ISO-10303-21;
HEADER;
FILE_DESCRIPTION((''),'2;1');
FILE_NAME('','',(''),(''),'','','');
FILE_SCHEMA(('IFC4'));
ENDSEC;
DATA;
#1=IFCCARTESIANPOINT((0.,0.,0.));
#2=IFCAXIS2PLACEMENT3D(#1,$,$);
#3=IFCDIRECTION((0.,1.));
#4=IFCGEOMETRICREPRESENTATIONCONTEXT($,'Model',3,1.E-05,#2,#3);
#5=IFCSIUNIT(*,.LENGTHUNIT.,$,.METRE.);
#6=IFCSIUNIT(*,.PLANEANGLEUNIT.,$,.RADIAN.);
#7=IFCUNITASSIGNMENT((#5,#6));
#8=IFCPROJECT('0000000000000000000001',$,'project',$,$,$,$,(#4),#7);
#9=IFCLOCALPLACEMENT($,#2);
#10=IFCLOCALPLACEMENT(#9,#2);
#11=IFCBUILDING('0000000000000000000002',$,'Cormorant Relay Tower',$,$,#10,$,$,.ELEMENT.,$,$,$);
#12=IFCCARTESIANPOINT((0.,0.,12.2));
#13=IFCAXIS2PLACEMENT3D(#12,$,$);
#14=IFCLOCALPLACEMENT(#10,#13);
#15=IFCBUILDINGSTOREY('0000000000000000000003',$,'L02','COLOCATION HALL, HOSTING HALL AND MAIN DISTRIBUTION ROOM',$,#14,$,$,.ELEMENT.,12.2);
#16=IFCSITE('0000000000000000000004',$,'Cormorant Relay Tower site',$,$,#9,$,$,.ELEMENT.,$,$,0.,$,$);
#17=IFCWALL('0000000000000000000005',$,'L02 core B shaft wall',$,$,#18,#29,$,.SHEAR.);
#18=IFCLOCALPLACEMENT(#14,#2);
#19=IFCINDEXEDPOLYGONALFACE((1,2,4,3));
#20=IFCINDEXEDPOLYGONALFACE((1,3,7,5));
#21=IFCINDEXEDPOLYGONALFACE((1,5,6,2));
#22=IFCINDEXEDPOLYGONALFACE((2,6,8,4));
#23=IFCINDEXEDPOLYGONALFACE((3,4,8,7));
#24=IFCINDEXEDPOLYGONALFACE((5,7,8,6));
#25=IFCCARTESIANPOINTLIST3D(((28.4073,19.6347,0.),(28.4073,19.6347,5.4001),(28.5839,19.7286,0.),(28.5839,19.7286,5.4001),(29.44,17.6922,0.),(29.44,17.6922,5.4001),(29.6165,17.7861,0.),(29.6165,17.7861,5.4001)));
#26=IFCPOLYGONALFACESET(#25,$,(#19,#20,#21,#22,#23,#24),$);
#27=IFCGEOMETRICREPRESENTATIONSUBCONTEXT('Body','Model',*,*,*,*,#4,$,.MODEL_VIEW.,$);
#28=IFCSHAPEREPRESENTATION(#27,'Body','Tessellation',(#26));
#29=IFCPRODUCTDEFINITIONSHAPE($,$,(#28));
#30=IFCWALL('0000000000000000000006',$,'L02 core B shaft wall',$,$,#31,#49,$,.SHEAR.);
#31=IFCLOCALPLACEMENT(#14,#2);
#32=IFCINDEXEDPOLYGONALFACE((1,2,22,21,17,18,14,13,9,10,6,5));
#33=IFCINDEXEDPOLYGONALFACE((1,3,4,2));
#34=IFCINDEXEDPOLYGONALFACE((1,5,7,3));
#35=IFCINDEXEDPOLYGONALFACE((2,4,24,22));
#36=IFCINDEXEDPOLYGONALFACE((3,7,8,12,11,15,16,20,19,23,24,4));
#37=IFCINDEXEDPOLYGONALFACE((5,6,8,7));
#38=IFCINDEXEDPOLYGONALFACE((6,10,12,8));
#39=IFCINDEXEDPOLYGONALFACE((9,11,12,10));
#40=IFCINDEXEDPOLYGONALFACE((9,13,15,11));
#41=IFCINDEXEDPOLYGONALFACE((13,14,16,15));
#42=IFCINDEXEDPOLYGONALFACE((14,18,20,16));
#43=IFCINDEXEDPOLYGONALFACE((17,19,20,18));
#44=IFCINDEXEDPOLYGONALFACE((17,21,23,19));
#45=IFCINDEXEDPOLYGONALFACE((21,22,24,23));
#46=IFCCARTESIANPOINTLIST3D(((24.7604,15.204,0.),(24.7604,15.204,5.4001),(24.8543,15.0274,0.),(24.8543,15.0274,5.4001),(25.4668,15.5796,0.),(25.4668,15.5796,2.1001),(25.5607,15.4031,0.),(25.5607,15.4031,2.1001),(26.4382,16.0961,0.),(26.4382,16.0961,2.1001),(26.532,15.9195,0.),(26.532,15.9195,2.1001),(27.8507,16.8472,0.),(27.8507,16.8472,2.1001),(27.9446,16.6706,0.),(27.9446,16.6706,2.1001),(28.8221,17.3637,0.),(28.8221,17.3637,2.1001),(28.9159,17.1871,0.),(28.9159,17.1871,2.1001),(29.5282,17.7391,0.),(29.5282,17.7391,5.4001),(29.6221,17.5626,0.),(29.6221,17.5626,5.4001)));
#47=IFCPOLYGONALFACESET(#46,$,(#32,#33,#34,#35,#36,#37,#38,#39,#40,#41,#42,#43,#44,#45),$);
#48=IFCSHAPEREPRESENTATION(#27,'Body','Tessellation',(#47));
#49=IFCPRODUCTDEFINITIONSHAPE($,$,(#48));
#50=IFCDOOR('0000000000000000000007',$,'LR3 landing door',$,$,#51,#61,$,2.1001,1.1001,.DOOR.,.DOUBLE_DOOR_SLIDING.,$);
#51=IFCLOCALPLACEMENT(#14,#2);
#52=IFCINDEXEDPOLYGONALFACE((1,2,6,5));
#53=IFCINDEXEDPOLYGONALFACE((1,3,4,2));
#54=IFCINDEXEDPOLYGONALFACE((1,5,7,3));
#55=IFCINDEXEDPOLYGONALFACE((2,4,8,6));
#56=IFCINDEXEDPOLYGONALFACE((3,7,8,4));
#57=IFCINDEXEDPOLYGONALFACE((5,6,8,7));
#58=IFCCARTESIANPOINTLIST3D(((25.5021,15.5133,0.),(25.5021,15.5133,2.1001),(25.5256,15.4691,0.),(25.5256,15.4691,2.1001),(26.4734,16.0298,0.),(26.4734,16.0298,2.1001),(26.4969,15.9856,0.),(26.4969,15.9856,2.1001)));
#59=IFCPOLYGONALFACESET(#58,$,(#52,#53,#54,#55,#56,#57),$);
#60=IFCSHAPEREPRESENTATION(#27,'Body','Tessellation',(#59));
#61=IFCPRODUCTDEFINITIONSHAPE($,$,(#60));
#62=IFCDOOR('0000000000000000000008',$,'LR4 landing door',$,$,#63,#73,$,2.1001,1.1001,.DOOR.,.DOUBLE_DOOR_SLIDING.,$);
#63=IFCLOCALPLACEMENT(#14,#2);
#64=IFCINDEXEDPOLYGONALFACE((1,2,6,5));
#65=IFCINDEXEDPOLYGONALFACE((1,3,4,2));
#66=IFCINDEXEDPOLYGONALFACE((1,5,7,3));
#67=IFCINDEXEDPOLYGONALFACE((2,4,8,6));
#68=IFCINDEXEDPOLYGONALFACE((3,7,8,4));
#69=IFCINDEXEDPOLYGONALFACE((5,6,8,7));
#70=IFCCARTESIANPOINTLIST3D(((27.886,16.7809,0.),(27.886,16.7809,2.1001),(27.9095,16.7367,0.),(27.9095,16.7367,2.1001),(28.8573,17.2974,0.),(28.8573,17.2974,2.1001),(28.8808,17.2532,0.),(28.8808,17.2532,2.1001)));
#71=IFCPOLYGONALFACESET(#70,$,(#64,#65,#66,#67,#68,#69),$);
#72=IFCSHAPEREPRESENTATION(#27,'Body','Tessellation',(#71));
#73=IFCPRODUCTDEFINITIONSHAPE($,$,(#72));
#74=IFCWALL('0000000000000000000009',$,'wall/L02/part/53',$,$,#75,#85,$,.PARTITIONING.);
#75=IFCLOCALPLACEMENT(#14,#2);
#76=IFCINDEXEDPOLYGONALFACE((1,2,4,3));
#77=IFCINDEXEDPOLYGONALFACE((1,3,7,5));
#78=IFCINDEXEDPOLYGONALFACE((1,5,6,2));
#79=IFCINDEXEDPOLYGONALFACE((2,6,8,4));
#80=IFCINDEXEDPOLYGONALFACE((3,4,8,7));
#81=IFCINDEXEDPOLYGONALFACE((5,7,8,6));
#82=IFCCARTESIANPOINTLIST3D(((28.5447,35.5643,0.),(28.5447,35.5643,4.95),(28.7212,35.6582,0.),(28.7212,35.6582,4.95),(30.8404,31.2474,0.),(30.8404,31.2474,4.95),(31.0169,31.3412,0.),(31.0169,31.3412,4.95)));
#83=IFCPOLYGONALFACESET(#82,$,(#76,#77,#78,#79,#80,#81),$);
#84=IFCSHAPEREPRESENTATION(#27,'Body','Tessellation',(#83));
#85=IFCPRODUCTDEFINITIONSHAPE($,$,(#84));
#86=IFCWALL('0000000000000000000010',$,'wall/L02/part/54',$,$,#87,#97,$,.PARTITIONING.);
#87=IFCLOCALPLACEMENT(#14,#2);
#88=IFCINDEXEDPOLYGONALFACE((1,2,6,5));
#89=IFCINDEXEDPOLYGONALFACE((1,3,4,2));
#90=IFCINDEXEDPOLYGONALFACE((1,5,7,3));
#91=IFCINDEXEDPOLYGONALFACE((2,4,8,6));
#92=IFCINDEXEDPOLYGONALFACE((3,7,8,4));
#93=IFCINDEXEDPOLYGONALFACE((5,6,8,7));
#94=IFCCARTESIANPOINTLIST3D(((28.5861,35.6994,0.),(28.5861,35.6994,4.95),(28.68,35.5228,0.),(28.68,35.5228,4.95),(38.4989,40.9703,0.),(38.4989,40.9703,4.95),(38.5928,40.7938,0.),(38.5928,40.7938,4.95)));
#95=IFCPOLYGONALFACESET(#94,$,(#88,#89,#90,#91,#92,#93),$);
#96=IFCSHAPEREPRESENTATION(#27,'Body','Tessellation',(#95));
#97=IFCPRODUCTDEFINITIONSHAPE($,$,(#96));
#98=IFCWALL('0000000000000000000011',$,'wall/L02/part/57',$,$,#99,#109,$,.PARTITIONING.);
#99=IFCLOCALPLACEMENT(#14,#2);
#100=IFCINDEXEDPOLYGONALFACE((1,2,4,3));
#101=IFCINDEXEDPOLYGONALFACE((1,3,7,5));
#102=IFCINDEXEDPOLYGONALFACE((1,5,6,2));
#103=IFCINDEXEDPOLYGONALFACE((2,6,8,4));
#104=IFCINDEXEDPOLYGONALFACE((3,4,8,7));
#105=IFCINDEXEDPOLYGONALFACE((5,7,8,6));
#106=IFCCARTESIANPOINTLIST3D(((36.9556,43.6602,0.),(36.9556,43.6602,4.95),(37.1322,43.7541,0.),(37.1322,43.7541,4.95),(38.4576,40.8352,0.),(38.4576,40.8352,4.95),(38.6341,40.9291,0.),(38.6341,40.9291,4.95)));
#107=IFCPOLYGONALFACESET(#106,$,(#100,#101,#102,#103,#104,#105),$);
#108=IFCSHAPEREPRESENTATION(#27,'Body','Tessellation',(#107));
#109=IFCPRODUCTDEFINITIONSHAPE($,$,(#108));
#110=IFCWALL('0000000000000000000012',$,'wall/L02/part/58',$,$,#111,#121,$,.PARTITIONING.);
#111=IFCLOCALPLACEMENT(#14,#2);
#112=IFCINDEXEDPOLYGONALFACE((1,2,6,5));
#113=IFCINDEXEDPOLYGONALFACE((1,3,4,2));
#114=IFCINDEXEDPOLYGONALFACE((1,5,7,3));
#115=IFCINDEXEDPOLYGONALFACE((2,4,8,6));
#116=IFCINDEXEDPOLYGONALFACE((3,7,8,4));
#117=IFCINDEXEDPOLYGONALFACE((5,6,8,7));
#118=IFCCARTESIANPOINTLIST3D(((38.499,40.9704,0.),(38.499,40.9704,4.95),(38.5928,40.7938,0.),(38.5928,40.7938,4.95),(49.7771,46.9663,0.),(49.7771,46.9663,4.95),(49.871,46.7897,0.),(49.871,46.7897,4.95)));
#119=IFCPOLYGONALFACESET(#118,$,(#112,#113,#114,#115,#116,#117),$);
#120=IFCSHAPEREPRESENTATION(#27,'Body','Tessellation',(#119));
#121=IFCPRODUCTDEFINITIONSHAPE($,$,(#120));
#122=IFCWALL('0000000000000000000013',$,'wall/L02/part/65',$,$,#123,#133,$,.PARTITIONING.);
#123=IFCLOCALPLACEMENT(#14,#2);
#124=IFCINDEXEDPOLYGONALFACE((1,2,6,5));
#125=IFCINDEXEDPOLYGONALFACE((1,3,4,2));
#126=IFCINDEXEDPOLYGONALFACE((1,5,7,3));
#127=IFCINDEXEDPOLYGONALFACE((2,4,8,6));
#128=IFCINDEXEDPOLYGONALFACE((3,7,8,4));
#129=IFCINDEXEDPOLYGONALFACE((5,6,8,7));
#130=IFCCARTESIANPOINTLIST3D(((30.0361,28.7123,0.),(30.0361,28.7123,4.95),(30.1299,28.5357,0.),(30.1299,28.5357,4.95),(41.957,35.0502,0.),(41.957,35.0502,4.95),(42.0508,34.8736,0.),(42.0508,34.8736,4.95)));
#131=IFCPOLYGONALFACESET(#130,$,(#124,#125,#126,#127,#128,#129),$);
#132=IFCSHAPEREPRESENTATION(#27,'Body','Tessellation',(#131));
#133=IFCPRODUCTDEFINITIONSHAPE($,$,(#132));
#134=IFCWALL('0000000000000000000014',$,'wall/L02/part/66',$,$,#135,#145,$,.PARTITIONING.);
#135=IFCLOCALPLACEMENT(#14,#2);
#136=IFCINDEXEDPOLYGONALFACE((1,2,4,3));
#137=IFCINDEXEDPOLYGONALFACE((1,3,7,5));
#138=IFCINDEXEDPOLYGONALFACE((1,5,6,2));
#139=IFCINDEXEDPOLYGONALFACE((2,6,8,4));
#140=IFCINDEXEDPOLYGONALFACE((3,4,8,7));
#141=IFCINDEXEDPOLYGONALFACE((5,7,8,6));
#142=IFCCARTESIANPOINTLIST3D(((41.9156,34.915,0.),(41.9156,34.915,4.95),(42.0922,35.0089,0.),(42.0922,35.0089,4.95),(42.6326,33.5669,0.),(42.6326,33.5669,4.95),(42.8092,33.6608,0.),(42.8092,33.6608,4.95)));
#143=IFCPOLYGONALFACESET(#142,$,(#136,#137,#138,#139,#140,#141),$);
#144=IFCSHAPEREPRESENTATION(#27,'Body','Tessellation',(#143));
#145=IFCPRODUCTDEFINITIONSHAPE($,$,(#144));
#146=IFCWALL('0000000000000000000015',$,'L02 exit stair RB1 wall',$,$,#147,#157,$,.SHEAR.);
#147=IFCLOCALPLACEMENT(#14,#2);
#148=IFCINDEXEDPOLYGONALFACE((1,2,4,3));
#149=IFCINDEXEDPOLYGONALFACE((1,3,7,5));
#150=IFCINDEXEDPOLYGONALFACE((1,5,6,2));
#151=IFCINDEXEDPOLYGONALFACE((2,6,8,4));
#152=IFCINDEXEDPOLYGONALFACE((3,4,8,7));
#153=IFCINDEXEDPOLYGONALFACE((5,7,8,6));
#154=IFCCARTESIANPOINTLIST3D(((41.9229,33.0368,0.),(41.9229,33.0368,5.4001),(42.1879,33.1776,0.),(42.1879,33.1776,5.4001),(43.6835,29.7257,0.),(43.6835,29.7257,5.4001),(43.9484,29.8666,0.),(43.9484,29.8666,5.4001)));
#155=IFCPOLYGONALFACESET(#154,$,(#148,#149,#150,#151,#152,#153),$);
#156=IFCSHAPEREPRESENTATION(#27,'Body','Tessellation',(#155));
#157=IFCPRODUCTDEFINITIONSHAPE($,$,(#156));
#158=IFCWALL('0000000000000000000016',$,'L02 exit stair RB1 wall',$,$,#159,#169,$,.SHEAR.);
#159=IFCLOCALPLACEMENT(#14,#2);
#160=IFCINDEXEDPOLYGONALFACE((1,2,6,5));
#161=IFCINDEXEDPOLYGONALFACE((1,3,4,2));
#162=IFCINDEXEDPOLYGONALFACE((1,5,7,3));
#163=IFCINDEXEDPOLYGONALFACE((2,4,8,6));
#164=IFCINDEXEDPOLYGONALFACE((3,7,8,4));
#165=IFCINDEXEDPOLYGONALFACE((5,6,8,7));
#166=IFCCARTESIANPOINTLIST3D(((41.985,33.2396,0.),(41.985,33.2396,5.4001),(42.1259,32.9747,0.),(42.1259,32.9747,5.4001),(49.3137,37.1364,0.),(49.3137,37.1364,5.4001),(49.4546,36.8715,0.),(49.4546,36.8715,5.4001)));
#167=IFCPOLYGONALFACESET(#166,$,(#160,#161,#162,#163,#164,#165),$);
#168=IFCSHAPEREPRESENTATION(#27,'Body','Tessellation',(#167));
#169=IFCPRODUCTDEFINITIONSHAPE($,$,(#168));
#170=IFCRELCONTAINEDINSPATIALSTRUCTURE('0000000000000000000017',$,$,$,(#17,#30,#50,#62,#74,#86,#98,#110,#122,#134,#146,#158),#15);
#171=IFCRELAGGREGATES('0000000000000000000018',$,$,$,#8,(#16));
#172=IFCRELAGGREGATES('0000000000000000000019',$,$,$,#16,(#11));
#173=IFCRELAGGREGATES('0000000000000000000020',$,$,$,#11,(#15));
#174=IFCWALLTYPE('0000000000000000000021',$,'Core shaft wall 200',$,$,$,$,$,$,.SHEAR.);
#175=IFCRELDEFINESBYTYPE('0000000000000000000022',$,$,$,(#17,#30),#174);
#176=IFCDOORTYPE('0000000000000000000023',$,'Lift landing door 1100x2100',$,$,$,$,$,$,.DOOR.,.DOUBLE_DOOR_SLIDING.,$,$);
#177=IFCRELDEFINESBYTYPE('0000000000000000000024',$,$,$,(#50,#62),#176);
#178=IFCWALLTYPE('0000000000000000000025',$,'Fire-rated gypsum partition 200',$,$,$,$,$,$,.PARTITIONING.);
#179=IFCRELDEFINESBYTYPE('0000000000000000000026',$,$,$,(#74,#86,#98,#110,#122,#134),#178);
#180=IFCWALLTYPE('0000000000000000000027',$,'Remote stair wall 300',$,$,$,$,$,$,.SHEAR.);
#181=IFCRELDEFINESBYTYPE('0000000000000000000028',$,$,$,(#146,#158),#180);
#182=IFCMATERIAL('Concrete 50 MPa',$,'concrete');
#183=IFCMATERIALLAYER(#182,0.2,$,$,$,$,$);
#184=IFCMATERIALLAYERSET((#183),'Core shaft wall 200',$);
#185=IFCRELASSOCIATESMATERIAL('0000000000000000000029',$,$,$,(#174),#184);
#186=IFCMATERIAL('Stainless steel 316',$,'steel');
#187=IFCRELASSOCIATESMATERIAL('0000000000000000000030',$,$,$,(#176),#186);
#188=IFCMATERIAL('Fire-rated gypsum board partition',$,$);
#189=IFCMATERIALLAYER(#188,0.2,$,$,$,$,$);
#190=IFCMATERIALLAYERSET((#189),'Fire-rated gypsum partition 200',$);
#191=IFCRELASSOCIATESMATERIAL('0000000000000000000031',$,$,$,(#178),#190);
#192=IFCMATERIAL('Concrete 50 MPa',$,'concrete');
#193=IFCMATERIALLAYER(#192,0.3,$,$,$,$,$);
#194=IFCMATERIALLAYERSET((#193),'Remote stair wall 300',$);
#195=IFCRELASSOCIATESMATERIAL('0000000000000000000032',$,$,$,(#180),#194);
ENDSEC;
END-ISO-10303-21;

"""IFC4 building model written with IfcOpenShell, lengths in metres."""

from ifc_helpers import new_model, si_unit, direction, frame, frame_2d, origin, place, context, subcontext, project, spatial, rectangle, extrude, material, layer, layer_set, type_object, element, fill, save


model = new_model("IFC4")

# Units and contexts
model_context = context("Model", 3, precision=1e-05, world=origin(), true_north=direction((0.0, 1.0)))
body_context = subcontext(model_context, "Body", "Model", "MODEL_VIEW")
ifc_project = project(units=[si_unit("LENGTHUNIT", "METRE"), si_unit("PLANEANGLEUNIT", "RADIAN")], contexts=[model_context])

# Site, building, storey
site_placement = place(None, origin())
site = spatial("IfcSite", under=ifc_project, at=site_placement, Name="Cormorant Relay Tower site", CompositionType="ELEMENT", RefElevation=0.0)
building_placement = place(site_placement, origin())
building = spatial("IfcBuilding", under=site, at=building_placement, Name="Cormorant Relay Tower", CompositionType="ELEMENT")
storey_placement = place(building_placement, frame((0.0, 0.0, 12.2)))
storey = spatial("IfcBuildingStorey", under=building, at=storey_placement, Name="L02", Description="COLOCATION HALL, HOSTING HALL AND MAIN DISTRIBUTION ROOM", CompositionType="ELEMENT", Elevation=12.2)

# Shared definitions
ifc_material_1 = material(Name="Concrete 50 MPa", Category="concrete")
ifc_layer_1 = layer(ifc_material_1, 0.2)
ifc_layer_set_1 = layer_set([ifc_layer_1], Name="Core shaft wall 200")
wall_type_1 = type_object("IfcWallType", Name="Core shaft wall 200", PredefinedType="SHEAR", material=ifc_layer_set_1)

# Wall
wall_1_placement = place(storey_placement, frame((29.5283, 17.739, 0.0), z_axis=(0.0, 0.0, 1.0), x_axis=(-0.469401, 0.882985, 0.0)))
element("IfcWall", 1, at=wall_1_placement, inside=storey, type_object=wall_type_1, Name="L02 core B shaft wall", PredefinedType="SHEAR", context=body_context, shape_type="SweptSolid", body=[
    extrude(rectangle(XDim=2.2, YDim=0.2, at=frame_2d((1.1001, 0.0))), origin(), (0.0, 0.0, 1.0), 5.4001),
])

# Wall, openings, doors
wall_2_placement = place(storey_placement, frame((24.8074, 15.1157, 0.0), z_axis=(0.0, 0.0, 1.0), x_axis=(0.882943, 0.46948, 0.0)))
wall_2 = element("IfcWall", 2, at=wall_2_placement, inside=storey, type_object=wall_type_1, Name="L02 core B shaft wall", PredefinedType="SHEAR", context=body_context, shape_type="SweptSolid", body=[
    extrude(rectangle(XDim=5.3999, YDim=0.2, at=frame_2d((2.7, 0.0))), origin(), (0.0, 0.0, 1.0), 5.4001),
])
opening_1_placement = place(wall_2_placement, frame((0.8, 0.0, 0.0)))
opening_1 = element("IfcOpeningElement", 3, at=opening_1_placement, cuts=wall_2, PredefinedType="OPENING", context=body_context, shape_type="SweptSolid", body=[
    extrude(rectangle(XDim=1.1001, YDim=2.1001, at=frame_2d((0.55, 1.05))), frame((0.0, 0.1099, 0.0), z_axis=(0.0, -1.0, 0.0), x_axis=(1.0, 0.0, 0.0)), (0.0, 0.0, 1.0), 0.22),
])
opening_2_placement = place(wall_2_placement, frame((3.5, 0.0, 0.0)))
opening_2 = element("IfcOpeningElement", 4, at=opening_2_placement, cuts=wall_2, PredefinedType="OPENING", context=body_context, shape_type="SweptSolid", body=[
    extrude(rectangle(XDim=1.1001, YDim=2.1001, at=frame_2d((0.55, 1.05))), frame((0.0, 0.1099, 0.0), z_axis=(0.0, -1.0, 0.0), x_axis=(1.0, 0.0, 0.0)), (0.0, 0.0, 1.0), 0.22),
])
ifc_material_2 = material(Name="Stainless steel 316", Category="steel")
door_type_1 = type_object("IfcDoorType", Name="Lift landing door 1100x2100", OperationType="DOUBLE_DOOR_SLIDING", PredefinedType="DOOR", material=ifc_material_2)
door_1_placement = place(opening_1_placement, origin())
door_1 = element("IfcDoor", 5, at=door_1_placement, inside=storey, type_object=door_type_1, Name="LR3 landing door", OperationType="DOUBLE_DOOR_SLIDING", OverallHeight=2.1001, OverallWidth=1.1001, PredefinedType="DOOR", context=body_context, shape_type="SweptSolid", body=[
    extrude(rectangle(XDim=1.1001, YDim=2.1001, at=frame_2d((0.55, 1.05))), frame((0.0, 0.0249, 0.0), z_axis=(0.0, -1.0, 0.0), x_axis=(1.0, 0.0, 0.0)), (0.0, 0.0, 1.0), 0.05),
])
fill(opening_1, door_1)
door_2_placement = place(opening_2_placement, origin())
door_2 = element("IfcDoor", 6, at=door_2_placement, inside=storey, type_object=door_type_1, Name="LR4 landing door", OperationType="DOUBLE_DOOR_SLIDING", OverallHeight=2.1001, OverallWidth=1.1001, PredefinedType="DOOR", context=body_context, shape_type="SweptSolid", body=[
    extrude(rectangle(XDim=1.1001, YDim=2.1001, at=frame_2d((0.55, 1.05))), frame((0.0, 0.0249, 0.0), z_axis=(0.0, -1.0, 0.0), x_axis=(1.0, 0.0, 0.0)), (0.0, 0.0, 1.0), 0.05),
])
fill(opening_2, door_2)

# Walls
ifc_material_3 = material(Name="Fire-rated gypsum board partition")
ifc_layer_2 = layer(ifc_material_3, 0.2)
ifc_layer_set_2 = layer_set([ifc_layer_2], Name="Fire-rated gypsum partition 200")
wall_type_2 = type_object("IfcWallType", Name="Fire-rated gypsum partition 200", PredefinedType="PARTITIONING", material=ifc_layer_set_2)
wall_3_placement = place(storey_placement, frame((30.9287, 31.2942, 0.0), z_axis=(0.0, 0.0, 1.0), x_axis=(-0.469523, 0.88292, 0.0)))
element("IfcWall", 7, at=wall_3_placement, inside=storey, type_object=wall_type_2, Name="wall/L02/part/53", PredefinedType="PARTITIONING", context=body_context, shape_type="SweptSolid", body=[
    extrude(rectangle(XDim=4.8894, YDim=0.2, at=frame_2d((2.4448, 0.0))), origin(), (0.0, 0.0, 1.0), 4.95),
])
wall_4_placement = place(storey_placement, frame((28.6331, 35.6111, 0.0), z_axis=(0.0, 0.0, 1.0), x_axis=(0.882939, 0.469489, 0.0)))
element("IfcWall", 8, at=wall_4_placement, inside=storey, type_object=wall_type_2, Name="wall/L02/part/54", PredefinedType="PARTITIONING", context=body_context, shape_type="SweptSolid", body=[
    extrude(rectangle(XDim=11.2271, YDim=0.2, at=frame_2d((5.6135, 0.0))), origin(), (0.0, 0.0, 1.0), 4.95),
])
wall_5_placement = place(storey_placement, frame((37.0439, 43.707, 0.0), z_axis=(0.0, 0.0, 1.0), x_axis=(0.469447, -0.882961, 0.0)))
element("IfcWall", 9, at=wall_5_placement, inside=storey, type_object=wall_type_2, Name="wall/L02/part/57", PredefinedType="PARTITIONING", context=body_context, shape_type="SweptSolid", body=[
    extrude(rectangle(XDim=3.1995, YDim=0.2, at=frame_2d((1.5996, 0.0))), origin(), (0.0, 0.0, 1.0), 4.95),
])
wall_6_placement = place(storey_placement, frame((38.5459, 40.8821, 0.0), z_axis=(0.0, 0.0, 1.0), x_axis=(0.882974, 0.469422, 0.0)))
element("IfcWall", 10, at=wall_6_placement, inside=storey, type_object=wall_type_2, Name="wall/L02/part/58", PredefinedType="PARTITIONING", context=body_context, shape_type="SweptSolid", body=[
    extrude(rectangle(XDim=12.7729, YDim=0.2, at=frame_2d((6.3865, 0.0))), origin(), (0.0, 0.0, 1.0), 4.95),
])
wall_7_placement = place(storey_placement, frame((30.083, 28.624, 0.0), z_axis=(0.0, 0.0, 1.0), x_axis=(0.882965, 0.469439, 0.0)))
element("IfcWall", 11, at=wall_7_placement, inside=storey, type_object=wall_type_2, Name="wall/L02/part/65", PredefinedType="PARTITIONING", context=body_context, shape_type="SweptSolid", body=[
    extrude(rectangle(XDim=13.501, YDim=0.2, at=frame_2d((6.7505, 0.0))), origin(), (0.0, 0.0, 1.0), 4.95),
])
wall_8_placement = place(storey_placement, frame((42.0039, 34.9619, 0.0), z_axis=(0.0, 0.0, 1.0), x_axis=(0.469584, -0.882888, 0.0)))
element("IfcWall", 12, at=wall_8_placement, inside=storey, type_object=wall_type_2, Name="wall/L02/part/66", PredefinedType="PARTITIONING", context=body_context, shape_type="SweptSolid", body=[
    extrude(rectangle(XDim=1.5269, YDim=0.2, at=frame_2d((0.7634, 0.0))), origin(), (0.0, 0.0, 1.0), 4.95),
])
ifc_material_4 = material(Name="Concrete 50 MPa", Category="concrete")
ifc_layer_3 = layer(ifc_material_4, 0.3)
ifc_layer_set_3 = layer_set([ifc_layer_3], Name="Remote stair wall 300")
wall_type_3 = type_object("IfcWallType", Name="Remote stair wall 300", PredefinedType="SHEAR", material=ifc_layer_set_3)
wall_9_placement = place(storey_placement, frame((43.8159, 29.7961, 0.0), z_axis=(0.0, 0.0, 1.0), x_axis=(-0.469469, 0.882949, 0.0)))
element("IfcWall", 13, at=wall_9_placement, inside=storey, type_object=wall_type_3, Name="L02 exit stair RB1 wall", PredefinedType="SHEAR", context=body_context, shape_type="SweptSolid", body=[
    extrude(rectangle(XDim=3.75, YDim=0.3, at=frame_2d((1.875, 0.0))), origin(), (0.0, 0.0, 1.0), 5.4001),
])
wall_10_placement = place(storey_placement, frame((42.0554, 33.1072, 0.0), z_axis=(0.0, 0.0, 1.0), x_axis=(0.882946, 0.469475, 0.0)))
element("IfcWall", 14, at=wall_10_placement, inside=storey, type_object=wall_type_3, Name="L02 exit stair RB1 wall", PredefinedType="SHEAR", context=body_context, shape_type="SweptSolid", body=[
    extrude(rectangle(XDim=8.3003, YDim=0.3, at=frame_2d((4.1501, 0.0))), origin(), (0.0, 0.0, 1.0), 5.4001),
])

save(model, "model.ifc")
